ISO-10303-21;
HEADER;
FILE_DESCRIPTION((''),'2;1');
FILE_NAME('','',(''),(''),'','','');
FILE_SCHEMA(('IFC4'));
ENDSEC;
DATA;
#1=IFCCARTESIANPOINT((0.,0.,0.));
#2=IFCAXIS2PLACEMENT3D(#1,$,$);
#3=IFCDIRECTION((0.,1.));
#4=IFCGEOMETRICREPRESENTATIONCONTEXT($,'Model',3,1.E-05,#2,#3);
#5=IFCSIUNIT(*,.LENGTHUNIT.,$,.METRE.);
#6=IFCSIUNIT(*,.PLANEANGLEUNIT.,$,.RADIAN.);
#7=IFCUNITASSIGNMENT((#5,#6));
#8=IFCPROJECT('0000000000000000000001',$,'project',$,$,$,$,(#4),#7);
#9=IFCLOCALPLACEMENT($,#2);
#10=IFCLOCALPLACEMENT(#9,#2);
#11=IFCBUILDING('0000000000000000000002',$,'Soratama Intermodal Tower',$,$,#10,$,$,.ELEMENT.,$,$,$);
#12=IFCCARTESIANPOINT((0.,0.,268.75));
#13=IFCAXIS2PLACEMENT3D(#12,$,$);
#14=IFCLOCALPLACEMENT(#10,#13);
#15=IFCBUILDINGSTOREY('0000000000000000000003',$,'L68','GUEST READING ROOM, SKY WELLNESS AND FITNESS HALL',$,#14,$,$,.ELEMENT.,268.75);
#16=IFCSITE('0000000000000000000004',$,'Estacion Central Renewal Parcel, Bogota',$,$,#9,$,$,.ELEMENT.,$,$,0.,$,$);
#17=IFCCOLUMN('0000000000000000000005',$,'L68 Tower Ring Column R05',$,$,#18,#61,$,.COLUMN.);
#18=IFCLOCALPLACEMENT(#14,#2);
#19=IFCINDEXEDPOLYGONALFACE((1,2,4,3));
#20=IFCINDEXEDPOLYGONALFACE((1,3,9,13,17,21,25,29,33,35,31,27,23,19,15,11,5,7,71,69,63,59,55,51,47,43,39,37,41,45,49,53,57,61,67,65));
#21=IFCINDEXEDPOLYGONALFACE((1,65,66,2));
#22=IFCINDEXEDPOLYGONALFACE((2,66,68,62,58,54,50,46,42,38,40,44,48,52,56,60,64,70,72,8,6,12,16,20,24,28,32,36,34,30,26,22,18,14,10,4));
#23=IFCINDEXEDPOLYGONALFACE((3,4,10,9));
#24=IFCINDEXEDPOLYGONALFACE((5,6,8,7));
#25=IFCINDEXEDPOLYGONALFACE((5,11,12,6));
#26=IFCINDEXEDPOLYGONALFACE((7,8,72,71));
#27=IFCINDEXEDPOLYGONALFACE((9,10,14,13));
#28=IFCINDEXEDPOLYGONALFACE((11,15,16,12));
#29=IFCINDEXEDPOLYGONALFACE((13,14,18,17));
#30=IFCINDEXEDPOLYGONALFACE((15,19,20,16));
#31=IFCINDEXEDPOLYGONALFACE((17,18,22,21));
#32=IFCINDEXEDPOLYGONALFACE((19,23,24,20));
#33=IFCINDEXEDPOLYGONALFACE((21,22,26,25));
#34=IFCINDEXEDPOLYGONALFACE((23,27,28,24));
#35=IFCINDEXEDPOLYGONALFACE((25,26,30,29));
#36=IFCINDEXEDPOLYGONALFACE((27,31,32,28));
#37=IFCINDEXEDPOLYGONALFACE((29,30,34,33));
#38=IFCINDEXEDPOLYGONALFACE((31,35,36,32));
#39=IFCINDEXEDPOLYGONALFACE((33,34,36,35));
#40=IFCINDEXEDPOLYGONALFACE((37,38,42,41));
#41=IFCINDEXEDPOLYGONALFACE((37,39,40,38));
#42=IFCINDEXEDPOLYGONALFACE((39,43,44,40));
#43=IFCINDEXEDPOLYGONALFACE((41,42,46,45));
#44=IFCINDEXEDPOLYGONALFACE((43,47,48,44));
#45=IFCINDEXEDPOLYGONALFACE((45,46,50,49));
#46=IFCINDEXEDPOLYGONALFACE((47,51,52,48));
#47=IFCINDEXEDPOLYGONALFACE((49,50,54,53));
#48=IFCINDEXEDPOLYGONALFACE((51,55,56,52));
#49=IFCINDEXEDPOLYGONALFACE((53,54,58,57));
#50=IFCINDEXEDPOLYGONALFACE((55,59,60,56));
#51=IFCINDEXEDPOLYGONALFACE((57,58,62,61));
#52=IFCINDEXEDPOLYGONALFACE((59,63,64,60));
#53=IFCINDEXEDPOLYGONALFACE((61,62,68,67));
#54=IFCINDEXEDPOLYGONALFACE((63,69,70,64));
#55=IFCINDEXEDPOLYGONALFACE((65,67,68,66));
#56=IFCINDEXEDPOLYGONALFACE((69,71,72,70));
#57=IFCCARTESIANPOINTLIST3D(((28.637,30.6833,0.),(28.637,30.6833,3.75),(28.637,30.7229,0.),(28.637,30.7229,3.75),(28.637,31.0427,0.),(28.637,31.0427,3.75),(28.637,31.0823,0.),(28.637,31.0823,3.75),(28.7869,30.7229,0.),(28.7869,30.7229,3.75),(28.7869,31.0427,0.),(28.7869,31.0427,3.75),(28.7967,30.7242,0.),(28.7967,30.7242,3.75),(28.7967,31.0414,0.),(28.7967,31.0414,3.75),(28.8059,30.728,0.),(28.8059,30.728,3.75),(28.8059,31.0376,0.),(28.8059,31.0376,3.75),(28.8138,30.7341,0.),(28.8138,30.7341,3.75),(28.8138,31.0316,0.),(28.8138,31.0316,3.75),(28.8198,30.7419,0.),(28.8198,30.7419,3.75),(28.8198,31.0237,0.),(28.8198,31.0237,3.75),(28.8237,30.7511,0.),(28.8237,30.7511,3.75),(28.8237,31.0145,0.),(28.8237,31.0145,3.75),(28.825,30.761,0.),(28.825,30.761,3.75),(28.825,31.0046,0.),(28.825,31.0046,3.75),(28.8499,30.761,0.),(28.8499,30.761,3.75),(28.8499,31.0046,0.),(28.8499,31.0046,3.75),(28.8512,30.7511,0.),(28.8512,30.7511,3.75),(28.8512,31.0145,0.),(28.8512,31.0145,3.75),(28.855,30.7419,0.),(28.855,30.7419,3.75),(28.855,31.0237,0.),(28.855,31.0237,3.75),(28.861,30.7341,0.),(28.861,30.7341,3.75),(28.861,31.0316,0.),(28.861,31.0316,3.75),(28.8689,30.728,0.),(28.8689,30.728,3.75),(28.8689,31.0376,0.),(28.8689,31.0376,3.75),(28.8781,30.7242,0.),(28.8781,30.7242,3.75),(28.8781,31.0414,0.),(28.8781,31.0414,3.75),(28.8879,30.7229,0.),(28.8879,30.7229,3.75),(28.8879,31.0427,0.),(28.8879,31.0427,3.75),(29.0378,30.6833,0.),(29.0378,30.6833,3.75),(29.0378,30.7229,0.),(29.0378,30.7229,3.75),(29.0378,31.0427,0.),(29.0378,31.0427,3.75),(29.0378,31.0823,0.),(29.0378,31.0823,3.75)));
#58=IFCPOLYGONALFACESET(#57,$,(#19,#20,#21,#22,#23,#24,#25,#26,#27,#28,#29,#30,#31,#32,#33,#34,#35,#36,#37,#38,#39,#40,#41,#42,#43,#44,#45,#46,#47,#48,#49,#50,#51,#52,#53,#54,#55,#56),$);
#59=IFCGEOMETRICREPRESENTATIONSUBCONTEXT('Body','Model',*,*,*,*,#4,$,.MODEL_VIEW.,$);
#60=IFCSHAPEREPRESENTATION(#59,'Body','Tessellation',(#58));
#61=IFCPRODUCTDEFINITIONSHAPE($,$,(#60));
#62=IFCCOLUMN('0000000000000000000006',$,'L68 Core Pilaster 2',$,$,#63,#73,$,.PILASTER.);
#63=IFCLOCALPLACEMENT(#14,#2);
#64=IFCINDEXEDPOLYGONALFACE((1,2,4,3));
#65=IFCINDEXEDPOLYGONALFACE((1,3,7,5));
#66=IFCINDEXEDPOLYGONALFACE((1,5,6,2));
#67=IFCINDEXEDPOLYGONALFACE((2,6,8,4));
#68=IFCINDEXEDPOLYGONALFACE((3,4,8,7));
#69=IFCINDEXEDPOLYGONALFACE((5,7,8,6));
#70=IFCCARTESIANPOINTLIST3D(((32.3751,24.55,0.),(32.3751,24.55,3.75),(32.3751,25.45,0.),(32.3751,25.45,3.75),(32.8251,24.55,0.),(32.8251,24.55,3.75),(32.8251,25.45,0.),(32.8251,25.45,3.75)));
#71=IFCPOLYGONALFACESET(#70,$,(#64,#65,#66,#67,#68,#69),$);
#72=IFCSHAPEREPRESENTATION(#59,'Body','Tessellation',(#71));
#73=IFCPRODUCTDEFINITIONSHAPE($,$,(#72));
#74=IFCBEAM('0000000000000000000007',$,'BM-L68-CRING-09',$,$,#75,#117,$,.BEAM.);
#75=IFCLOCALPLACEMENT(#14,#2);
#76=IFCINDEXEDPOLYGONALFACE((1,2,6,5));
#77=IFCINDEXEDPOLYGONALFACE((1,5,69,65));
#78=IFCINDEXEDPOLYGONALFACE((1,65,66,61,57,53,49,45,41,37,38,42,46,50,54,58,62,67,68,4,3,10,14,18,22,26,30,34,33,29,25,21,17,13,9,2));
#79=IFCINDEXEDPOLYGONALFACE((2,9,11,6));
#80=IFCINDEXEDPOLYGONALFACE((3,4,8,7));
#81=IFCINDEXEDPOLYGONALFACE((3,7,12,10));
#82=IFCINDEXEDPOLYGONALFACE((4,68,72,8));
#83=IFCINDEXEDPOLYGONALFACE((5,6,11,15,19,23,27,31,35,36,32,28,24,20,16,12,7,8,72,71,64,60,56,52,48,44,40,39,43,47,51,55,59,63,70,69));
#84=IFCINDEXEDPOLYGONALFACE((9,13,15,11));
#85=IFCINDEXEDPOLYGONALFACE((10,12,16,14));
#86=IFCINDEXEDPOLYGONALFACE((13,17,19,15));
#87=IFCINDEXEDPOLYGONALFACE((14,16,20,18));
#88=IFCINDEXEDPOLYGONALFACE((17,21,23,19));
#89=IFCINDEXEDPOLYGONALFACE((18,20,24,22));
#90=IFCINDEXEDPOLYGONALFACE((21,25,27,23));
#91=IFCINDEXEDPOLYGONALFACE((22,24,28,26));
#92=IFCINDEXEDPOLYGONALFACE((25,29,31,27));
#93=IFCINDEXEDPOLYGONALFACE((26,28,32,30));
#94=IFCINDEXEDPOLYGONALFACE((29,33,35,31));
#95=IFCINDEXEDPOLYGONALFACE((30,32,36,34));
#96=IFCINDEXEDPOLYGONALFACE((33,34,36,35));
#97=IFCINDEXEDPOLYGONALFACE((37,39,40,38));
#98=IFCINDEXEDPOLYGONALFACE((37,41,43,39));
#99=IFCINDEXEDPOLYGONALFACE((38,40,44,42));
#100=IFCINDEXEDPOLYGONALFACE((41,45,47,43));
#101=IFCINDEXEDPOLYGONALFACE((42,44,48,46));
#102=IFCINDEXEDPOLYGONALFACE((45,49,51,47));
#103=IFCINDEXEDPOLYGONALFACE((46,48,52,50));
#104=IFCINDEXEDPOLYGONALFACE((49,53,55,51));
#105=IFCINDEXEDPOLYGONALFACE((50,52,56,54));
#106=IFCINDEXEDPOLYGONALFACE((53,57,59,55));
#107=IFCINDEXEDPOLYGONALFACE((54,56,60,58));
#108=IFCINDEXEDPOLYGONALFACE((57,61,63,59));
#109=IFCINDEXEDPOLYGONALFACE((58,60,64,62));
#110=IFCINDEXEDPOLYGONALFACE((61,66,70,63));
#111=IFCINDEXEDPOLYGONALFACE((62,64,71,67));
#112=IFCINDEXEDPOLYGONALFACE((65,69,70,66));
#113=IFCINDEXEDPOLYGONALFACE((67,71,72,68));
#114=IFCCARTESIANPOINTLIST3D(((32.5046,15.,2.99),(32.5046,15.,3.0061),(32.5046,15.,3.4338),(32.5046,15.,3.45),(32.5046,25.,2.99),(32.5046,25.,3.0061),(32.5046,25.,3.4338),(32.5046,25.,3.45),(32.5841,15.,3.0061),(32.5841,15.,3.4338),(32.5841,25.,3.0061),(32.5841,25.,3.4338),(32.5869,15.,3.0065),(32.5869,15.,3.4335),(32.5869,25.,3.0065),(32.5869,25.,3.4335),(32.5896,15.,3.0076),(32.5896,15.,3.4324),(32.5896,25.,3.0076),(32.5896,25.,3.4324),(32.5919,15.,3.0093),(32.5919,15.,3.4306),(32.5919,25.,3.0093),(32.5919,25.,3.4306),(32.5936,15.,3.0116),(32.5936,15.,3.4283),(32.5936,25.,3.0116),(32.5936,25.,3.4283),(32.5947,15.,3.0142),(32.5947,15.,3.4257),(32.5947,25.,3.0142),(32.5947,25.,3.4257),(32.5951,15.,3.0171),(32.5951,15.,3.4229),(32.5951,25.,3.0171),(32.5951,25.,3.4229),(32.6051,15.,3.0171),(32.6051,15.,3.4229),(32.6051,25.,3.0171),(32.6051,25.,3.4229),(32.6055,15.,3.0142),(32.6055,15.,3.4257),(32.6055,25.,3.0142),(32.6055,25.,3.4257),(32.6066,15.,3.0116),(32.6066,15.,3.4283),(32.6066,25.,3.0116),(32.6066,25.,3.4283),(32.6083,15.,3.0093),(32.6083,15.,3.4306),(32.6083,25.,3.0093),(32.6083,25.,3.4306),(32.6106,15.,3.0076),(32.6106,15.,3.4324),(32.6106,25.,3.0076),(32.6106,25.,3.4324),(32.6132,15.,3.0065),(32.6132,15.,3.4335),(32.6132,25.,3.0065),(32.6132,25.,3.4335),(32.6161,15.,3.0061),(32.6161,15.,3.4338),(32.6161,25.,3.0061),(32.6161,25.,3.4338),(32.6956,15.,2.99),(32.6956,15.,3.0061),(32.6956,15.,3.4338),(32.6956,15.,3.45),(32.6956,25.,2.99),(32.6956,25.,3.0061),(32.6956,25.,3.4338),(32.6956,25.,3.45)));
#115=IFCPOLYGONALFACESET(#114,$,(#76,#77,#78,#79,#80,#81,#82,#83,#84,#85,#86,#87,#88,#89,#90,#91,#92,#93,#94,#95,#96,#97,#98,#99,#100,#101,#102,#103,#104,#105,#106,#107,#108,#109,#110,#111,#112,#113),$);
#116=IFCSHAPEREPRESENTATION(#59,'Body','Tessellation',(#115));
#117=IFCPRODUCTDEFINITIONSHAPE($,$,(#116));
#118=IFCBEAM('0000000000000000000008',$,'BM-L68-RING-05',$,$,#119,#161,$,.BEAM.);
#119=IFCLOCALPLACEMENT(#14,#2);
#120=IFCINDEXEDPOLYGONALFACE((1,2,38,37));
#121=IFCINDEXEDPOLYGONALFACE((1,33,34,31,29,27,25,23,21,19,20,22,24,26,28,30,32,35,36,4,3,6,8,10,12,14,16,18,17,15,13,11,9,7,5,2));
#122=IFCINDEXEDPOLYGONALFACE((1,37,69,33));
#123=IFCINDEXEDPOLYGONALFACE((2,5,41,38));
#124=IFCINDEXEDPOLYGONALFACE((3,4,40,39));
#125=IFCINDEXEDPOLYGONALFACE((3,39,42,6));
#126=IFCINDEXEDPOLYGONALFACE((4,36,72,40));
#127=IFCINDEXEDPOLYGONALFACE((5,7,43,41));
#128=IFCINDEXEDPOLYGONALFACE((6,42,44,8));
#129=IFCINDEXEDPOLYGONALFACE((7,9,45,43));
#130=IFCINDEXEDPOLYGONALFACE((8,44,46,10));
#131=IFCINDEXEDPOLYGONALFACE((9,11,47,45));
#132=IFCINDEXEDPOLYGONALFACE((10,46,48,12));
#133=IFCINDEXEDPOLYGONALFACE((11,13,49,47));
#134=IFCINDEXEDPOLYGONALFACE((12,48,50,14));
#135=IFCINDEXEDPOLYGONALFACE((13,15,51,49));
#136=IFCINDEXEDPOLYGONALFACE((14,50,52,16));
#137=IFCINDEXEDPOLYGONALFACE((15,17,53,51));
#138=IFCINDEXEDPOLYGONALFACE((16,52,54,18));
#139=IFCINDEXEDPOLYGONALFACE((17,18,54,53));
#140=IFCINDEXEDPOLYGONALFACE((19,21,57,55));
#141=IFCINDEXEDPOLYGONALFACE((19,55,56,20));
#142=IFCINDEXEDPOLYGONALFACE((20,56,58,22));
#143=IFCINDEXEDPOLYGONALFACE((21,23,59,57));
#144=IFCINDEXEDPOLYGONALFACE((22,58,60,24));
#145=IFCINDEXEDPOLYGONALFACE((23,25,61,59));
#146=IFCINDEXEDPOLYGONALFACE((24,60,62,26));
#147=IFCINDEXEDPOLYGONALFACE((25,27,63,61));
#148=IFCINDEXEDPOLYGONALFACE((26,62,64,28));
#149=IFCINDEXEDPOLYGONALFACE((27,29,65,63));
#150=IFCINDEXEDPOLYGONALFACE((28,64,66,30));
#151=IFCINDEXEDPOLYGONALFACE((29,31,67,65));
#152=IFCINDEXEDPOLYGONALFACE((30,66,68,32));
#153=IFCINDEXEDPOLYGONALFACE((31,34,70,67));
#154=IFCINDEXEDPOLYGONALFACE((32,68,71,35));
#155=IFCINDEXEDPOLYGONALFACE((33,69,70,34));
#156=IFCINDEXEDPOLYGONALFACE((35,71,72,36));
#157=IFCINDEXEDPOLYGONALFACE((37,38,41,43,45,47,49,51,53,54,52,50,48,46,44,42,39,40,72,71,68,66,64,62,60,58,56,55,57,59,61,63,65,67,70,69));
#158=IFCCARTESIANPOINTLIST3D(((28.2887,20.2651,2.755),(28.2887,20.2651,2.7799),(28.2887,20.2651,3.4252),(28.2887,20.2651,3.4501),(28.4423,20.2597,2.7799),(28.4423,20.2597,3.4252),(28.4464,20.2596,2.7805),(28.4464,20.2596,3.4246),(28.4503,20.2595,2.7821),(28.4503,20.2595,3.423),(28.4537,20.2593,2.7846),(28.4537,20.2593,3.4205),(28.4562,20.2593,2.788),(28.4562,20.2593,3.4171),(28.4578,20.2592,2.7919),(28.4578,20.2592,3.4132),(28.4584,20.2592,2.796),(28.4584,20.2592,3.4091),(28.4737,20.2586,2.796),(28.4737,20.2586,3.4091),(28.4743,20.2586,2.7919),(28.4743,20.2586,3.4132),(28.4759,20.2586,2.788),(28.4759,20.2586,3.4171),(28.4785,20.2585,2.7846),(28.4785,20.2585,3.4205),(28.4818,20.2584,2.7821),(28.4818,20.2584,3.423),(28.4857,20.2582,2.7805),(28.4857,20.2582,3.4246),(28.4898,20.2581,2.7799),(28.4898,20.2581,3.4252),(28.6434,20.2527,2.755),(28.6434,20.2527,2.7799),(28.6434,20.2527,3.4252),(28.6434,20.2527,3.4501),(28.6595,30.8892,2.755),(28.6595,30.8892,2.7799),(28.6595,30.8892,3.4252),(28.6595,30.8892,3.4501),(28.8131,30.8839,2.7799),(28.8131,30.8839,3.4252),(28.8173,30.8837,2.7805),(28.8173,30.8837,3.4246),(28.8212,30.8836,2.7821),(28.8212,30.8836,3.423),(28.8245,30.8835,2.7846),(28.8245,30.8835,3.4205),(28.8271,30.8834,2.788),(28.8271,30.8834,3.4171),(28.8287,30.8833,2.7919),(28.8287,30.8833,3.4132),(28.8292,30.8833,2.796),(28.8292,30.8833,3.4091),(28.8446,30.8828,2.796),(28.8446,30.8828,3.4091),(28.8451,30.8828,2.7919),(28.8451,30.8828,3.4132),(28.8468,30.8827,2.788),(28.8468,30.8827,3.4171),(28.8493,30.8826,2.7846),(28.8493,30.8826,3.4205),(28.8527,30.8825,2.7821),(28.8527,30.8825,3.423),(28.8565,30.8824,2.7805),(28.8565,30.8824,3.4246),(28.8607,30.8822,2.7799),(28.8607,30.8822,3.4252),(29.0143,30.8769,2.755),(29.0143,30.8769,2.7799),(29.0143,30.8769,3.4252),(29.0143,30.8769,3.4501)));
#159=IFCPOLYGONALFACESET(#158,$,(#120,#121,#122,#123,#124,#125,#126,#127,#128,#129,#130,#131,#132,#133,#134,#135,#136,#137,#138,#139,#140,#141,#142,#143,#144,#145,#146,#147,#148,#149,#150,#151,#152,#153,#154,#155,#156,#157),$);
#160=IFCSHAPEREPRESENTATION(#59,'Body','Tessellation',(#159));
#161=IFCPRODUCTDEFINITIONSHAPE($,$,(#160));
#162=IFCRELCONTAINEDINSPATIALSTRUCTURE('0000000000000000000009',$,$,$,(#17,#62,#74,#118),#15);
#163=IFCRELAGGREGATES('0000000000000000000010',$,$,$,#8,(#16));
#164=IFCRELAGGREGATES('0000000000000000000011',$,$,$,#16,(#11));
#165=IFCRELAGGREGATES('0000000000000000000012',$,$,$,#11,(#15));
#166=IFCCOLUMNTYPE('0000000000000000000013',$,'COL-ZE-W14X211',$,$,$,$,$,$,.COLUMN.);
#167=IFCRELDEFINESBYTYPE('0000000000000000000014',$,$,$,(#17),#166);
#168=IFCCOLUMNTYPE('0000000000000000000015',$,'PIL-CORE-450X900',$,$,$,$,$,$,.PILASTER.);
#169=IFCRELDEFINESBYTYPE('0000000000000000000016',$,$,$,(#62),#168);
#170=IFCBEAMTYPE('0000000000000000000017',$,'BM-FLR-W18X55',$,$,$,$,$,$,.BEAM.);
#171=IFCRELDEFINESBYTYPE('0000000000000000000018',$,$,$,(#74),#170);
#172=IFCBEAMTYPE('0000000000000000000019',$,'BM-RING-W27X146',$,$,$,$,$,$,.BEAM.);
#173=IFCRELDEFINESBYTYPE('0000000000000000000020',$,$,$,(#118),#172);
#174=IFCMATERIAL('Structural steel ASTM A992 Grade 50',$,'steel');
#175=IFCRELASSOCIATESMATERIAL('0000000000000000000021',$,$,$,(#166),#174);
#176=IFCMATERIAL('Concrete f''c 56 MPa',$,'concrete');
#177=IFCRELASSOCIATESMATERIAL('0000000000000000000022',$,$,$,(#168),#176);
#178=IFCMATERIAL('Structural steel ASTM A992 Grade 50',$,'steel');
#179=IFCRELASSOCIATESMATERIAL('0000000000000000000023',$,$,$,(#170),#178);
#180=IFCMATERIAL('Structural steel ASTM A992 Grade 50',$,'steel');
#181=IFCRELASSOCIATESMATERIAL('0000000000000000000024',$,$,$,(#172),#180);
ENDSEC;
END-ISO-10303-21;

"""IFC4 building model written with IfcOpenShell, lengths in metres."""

from ifc_helpers import new_model, si_unit, direction, frame, origin, origin_2d, place, context, subcontext, project, spatial, rectangle, i_section, extrude, material, material_profile, profile_set, type_object, element, save


model = new_model("IFC4")

# Units and contexts
model_context = context("Model", 3, precision=1e-05, world=origin(), true_north=direction((0.0, 1.0)))
body_context = subcontext(model_context, "Body", "Model", "MODEL_VIEW")
ifc_project = project(units=[si_unit("LENGTHUNIT", "METRE"), si_unit("PLANEANGLEUNIT", "RADIAN")], contexts=[model_context])

# Site, building, storey
site_placement = place(None, origin())
site = spatial("IfcSite", under=ifc_project, at=site_placement, Name="Estacion Central Renewal Parcel, Bogota", CompositionType="ELEMENT", RefElevation=0.0)
building_placement = place(site_placement, origin())
building = spatial("IfcBuilding", under=site, at=building_placement, Name="Soratama Intermodal Tower", CompositionType="ELEMENT")
storey_placement = place(building_placement, frame((0.0, 0.0, 268.75)))
storey = spatial("IfcBuildingStorey", under=building, at=storey_placement, Name="L68", Description="GUEST READING ROOM, SKY WELLNESS AND FITNESS HALL", CompositionType="ELEMENT", Elevation=268.75)

# Columns
ifc_material_1 = material(Name="Structural steel ASTM A992 Grade 50", Category="steel")
ifc_material_profile_1 = material_profile(ifc_material_1, i_section(OverallWidth=0.4009, OverallDepth=0.3989, WebThickness=0.0249, FlangeThickness=0.0396, FilletRadius=0.0381, at=origin_2d()), Name="W14X211")
ifc_profile_set_1 = profile_set([ifc_material_profile_1], Name="Structural steel ASTM A992 Grade 50")
column_type_1 = type_object("IfcColumnType", Name="COL-ZE-W14X211", PredefinedType="COLUMN", material=ifc_profile_set_1)
column_1_placement = place(storey_placement, frame((28.8374, 30.8828, 0.0), z_axis=(0.0, 0.0, 1.0), x_axis=(1.0, 0.0, 0.0)))
element("IfcColumn", 1, at=column_1_placement, inside=storey, type_object=column_type_1, Name="L68 Tower Ring Column R05", PredefinedType="COLUMN", context=body_context, shape_type="SweptSolid", body=[
    extrude(i_section(OverallWidth=0.4009, OverallDepth=0.3989, WebThickness=0.0249, FlangeThickness=0.0396, FilletRadius=0.0381, at=origin_2d()), origin(), (0.0, 0.0, 1.0), 3.75),
])
ifc_material_2 = material(Name="Concrete f'c 56 MPa", Category="concrete")
ifc_material_profile_2 = material_profile(ifc_material_2, rectangle(XDim=0.45, YDim=0.8999, at=origin_2d()), Name="RC450X900")
ifc_profile_set_2 = profile_set([ifc_material_profile_2], Name="Concrete f'c 56 MPa")
column_type_2 = type_object("IfcColumnType", Name="PIL-CORE-450X900", PredefinedType="PILASTER", material=ifc_profile_set_2)
column_2_placement = place(storey_placement, frame((32.6001, 25.0, 0.0), z_axis=(0.0, 0.0, 1.0), x_axis=(1.0, 0.0, 0.0)))
element("IfcColumn", 2, at=column_2_placement, inside=storey, type_object=column_type_2, Name="L68 Core Pilaster 2", PredefinedType="PILASTER", context=body_context, shape_type="SweptSolid", body=[
    extrude(rectangle(XDim=0.45, YDim=0.8999, at=origin_2d()), origin(), (0.0, 0.0, 1.0), 3.75),
])

# Beams
ifc_material_3 = material(Name="Structural steel ASTM A992 Grade 50", Category="steel")
ifc_material_profile_3 = material_profile(ifc_material_3, i_section(OverallWidth=0.1909, OverallDepth=0.46, WebThickness=0.01, FlangeThickness=0.0161, FilletRadius=0.011, at=origin_2d()), Name="W18X55")
ifc_profile_set_3 = profile_set([ifc_material_profile_3], Name="Structural steel ASTM A992 Grade 50")
beam_type_1 = type_object("IfcBeamType", Name="BM-FLR-W18X55", PredefinedType="BEAM", material=ifc_profile_set_3)
beam_1_placement = place(storey_placement, frame((32.6001, 25.0, 3.22), z_axis=(0.0, -1.0, 0.0), x_axis=(1.0, 0.0, 0.0)))
element("IfcBeam", 3, at=beam_1_placement, inside=storey, type_object=beam_type_1, Name="BM-L68-CRING-09", PredefinedType="BEAM", context=body_context, shape_type="SweptSolid", body=[
    extrude(i_section(OverallWidth=0.1909, OverallDepth=0.46, WebThickness=0.01, FlangeThickness=0.0161, FilletRadius=0.011, at=origin_2d()), origin(), (0.0, 0.0, 1.0), 10.0),
])
ifc_material_4 = material(Name="Structural steel ASTM A992 Grade 50", Category="steel")
ifc_material_profile_4 = material_profile(ifc_material_4, i_section(OverallWidth=0.355, OverallDepth=0.6951, WebThickness=0.0154, FlangeThickness=0.0249, FilletRadius=0.0161, at=origin_2d()), Name="W27X146")
ifc_profile_set_4 = profile_set([ifc_material_profile_4], Name="Structural steel ASTM A992 Grade 50")
beam_type_2 = type_object("IfcBeamType", Name="BM-RING-W27X146", PredefinedType="BEAM", material=ifc_profile_set_4)
beam_2_placement = place(storey_placement, frame((28.8369, 30.8831, 3.1025), z_axis=(-0.034885, -0.999391, 0.0), x_axis=(0.999391, -0.034885, 0.0)))
element("IfcBeam", 4, at=beam_2_placement, inside=storey, type_object=beam_type_2, Name="BM-L68-RING-05", PredefinedType="BEAM", context=body_context, shape_type="SweptSolid", body=[
    extrude(i_section(OverallWidth=0.355, OverallDepth=0.6951, WebThickness=0.0154, FlangeThickness=0.0249, FilletRadius=0.0161, at=origin_2d()), origin(), (0.0, 0.0, 1.0), 10.6306),
])

save(model, "model.ifc")
